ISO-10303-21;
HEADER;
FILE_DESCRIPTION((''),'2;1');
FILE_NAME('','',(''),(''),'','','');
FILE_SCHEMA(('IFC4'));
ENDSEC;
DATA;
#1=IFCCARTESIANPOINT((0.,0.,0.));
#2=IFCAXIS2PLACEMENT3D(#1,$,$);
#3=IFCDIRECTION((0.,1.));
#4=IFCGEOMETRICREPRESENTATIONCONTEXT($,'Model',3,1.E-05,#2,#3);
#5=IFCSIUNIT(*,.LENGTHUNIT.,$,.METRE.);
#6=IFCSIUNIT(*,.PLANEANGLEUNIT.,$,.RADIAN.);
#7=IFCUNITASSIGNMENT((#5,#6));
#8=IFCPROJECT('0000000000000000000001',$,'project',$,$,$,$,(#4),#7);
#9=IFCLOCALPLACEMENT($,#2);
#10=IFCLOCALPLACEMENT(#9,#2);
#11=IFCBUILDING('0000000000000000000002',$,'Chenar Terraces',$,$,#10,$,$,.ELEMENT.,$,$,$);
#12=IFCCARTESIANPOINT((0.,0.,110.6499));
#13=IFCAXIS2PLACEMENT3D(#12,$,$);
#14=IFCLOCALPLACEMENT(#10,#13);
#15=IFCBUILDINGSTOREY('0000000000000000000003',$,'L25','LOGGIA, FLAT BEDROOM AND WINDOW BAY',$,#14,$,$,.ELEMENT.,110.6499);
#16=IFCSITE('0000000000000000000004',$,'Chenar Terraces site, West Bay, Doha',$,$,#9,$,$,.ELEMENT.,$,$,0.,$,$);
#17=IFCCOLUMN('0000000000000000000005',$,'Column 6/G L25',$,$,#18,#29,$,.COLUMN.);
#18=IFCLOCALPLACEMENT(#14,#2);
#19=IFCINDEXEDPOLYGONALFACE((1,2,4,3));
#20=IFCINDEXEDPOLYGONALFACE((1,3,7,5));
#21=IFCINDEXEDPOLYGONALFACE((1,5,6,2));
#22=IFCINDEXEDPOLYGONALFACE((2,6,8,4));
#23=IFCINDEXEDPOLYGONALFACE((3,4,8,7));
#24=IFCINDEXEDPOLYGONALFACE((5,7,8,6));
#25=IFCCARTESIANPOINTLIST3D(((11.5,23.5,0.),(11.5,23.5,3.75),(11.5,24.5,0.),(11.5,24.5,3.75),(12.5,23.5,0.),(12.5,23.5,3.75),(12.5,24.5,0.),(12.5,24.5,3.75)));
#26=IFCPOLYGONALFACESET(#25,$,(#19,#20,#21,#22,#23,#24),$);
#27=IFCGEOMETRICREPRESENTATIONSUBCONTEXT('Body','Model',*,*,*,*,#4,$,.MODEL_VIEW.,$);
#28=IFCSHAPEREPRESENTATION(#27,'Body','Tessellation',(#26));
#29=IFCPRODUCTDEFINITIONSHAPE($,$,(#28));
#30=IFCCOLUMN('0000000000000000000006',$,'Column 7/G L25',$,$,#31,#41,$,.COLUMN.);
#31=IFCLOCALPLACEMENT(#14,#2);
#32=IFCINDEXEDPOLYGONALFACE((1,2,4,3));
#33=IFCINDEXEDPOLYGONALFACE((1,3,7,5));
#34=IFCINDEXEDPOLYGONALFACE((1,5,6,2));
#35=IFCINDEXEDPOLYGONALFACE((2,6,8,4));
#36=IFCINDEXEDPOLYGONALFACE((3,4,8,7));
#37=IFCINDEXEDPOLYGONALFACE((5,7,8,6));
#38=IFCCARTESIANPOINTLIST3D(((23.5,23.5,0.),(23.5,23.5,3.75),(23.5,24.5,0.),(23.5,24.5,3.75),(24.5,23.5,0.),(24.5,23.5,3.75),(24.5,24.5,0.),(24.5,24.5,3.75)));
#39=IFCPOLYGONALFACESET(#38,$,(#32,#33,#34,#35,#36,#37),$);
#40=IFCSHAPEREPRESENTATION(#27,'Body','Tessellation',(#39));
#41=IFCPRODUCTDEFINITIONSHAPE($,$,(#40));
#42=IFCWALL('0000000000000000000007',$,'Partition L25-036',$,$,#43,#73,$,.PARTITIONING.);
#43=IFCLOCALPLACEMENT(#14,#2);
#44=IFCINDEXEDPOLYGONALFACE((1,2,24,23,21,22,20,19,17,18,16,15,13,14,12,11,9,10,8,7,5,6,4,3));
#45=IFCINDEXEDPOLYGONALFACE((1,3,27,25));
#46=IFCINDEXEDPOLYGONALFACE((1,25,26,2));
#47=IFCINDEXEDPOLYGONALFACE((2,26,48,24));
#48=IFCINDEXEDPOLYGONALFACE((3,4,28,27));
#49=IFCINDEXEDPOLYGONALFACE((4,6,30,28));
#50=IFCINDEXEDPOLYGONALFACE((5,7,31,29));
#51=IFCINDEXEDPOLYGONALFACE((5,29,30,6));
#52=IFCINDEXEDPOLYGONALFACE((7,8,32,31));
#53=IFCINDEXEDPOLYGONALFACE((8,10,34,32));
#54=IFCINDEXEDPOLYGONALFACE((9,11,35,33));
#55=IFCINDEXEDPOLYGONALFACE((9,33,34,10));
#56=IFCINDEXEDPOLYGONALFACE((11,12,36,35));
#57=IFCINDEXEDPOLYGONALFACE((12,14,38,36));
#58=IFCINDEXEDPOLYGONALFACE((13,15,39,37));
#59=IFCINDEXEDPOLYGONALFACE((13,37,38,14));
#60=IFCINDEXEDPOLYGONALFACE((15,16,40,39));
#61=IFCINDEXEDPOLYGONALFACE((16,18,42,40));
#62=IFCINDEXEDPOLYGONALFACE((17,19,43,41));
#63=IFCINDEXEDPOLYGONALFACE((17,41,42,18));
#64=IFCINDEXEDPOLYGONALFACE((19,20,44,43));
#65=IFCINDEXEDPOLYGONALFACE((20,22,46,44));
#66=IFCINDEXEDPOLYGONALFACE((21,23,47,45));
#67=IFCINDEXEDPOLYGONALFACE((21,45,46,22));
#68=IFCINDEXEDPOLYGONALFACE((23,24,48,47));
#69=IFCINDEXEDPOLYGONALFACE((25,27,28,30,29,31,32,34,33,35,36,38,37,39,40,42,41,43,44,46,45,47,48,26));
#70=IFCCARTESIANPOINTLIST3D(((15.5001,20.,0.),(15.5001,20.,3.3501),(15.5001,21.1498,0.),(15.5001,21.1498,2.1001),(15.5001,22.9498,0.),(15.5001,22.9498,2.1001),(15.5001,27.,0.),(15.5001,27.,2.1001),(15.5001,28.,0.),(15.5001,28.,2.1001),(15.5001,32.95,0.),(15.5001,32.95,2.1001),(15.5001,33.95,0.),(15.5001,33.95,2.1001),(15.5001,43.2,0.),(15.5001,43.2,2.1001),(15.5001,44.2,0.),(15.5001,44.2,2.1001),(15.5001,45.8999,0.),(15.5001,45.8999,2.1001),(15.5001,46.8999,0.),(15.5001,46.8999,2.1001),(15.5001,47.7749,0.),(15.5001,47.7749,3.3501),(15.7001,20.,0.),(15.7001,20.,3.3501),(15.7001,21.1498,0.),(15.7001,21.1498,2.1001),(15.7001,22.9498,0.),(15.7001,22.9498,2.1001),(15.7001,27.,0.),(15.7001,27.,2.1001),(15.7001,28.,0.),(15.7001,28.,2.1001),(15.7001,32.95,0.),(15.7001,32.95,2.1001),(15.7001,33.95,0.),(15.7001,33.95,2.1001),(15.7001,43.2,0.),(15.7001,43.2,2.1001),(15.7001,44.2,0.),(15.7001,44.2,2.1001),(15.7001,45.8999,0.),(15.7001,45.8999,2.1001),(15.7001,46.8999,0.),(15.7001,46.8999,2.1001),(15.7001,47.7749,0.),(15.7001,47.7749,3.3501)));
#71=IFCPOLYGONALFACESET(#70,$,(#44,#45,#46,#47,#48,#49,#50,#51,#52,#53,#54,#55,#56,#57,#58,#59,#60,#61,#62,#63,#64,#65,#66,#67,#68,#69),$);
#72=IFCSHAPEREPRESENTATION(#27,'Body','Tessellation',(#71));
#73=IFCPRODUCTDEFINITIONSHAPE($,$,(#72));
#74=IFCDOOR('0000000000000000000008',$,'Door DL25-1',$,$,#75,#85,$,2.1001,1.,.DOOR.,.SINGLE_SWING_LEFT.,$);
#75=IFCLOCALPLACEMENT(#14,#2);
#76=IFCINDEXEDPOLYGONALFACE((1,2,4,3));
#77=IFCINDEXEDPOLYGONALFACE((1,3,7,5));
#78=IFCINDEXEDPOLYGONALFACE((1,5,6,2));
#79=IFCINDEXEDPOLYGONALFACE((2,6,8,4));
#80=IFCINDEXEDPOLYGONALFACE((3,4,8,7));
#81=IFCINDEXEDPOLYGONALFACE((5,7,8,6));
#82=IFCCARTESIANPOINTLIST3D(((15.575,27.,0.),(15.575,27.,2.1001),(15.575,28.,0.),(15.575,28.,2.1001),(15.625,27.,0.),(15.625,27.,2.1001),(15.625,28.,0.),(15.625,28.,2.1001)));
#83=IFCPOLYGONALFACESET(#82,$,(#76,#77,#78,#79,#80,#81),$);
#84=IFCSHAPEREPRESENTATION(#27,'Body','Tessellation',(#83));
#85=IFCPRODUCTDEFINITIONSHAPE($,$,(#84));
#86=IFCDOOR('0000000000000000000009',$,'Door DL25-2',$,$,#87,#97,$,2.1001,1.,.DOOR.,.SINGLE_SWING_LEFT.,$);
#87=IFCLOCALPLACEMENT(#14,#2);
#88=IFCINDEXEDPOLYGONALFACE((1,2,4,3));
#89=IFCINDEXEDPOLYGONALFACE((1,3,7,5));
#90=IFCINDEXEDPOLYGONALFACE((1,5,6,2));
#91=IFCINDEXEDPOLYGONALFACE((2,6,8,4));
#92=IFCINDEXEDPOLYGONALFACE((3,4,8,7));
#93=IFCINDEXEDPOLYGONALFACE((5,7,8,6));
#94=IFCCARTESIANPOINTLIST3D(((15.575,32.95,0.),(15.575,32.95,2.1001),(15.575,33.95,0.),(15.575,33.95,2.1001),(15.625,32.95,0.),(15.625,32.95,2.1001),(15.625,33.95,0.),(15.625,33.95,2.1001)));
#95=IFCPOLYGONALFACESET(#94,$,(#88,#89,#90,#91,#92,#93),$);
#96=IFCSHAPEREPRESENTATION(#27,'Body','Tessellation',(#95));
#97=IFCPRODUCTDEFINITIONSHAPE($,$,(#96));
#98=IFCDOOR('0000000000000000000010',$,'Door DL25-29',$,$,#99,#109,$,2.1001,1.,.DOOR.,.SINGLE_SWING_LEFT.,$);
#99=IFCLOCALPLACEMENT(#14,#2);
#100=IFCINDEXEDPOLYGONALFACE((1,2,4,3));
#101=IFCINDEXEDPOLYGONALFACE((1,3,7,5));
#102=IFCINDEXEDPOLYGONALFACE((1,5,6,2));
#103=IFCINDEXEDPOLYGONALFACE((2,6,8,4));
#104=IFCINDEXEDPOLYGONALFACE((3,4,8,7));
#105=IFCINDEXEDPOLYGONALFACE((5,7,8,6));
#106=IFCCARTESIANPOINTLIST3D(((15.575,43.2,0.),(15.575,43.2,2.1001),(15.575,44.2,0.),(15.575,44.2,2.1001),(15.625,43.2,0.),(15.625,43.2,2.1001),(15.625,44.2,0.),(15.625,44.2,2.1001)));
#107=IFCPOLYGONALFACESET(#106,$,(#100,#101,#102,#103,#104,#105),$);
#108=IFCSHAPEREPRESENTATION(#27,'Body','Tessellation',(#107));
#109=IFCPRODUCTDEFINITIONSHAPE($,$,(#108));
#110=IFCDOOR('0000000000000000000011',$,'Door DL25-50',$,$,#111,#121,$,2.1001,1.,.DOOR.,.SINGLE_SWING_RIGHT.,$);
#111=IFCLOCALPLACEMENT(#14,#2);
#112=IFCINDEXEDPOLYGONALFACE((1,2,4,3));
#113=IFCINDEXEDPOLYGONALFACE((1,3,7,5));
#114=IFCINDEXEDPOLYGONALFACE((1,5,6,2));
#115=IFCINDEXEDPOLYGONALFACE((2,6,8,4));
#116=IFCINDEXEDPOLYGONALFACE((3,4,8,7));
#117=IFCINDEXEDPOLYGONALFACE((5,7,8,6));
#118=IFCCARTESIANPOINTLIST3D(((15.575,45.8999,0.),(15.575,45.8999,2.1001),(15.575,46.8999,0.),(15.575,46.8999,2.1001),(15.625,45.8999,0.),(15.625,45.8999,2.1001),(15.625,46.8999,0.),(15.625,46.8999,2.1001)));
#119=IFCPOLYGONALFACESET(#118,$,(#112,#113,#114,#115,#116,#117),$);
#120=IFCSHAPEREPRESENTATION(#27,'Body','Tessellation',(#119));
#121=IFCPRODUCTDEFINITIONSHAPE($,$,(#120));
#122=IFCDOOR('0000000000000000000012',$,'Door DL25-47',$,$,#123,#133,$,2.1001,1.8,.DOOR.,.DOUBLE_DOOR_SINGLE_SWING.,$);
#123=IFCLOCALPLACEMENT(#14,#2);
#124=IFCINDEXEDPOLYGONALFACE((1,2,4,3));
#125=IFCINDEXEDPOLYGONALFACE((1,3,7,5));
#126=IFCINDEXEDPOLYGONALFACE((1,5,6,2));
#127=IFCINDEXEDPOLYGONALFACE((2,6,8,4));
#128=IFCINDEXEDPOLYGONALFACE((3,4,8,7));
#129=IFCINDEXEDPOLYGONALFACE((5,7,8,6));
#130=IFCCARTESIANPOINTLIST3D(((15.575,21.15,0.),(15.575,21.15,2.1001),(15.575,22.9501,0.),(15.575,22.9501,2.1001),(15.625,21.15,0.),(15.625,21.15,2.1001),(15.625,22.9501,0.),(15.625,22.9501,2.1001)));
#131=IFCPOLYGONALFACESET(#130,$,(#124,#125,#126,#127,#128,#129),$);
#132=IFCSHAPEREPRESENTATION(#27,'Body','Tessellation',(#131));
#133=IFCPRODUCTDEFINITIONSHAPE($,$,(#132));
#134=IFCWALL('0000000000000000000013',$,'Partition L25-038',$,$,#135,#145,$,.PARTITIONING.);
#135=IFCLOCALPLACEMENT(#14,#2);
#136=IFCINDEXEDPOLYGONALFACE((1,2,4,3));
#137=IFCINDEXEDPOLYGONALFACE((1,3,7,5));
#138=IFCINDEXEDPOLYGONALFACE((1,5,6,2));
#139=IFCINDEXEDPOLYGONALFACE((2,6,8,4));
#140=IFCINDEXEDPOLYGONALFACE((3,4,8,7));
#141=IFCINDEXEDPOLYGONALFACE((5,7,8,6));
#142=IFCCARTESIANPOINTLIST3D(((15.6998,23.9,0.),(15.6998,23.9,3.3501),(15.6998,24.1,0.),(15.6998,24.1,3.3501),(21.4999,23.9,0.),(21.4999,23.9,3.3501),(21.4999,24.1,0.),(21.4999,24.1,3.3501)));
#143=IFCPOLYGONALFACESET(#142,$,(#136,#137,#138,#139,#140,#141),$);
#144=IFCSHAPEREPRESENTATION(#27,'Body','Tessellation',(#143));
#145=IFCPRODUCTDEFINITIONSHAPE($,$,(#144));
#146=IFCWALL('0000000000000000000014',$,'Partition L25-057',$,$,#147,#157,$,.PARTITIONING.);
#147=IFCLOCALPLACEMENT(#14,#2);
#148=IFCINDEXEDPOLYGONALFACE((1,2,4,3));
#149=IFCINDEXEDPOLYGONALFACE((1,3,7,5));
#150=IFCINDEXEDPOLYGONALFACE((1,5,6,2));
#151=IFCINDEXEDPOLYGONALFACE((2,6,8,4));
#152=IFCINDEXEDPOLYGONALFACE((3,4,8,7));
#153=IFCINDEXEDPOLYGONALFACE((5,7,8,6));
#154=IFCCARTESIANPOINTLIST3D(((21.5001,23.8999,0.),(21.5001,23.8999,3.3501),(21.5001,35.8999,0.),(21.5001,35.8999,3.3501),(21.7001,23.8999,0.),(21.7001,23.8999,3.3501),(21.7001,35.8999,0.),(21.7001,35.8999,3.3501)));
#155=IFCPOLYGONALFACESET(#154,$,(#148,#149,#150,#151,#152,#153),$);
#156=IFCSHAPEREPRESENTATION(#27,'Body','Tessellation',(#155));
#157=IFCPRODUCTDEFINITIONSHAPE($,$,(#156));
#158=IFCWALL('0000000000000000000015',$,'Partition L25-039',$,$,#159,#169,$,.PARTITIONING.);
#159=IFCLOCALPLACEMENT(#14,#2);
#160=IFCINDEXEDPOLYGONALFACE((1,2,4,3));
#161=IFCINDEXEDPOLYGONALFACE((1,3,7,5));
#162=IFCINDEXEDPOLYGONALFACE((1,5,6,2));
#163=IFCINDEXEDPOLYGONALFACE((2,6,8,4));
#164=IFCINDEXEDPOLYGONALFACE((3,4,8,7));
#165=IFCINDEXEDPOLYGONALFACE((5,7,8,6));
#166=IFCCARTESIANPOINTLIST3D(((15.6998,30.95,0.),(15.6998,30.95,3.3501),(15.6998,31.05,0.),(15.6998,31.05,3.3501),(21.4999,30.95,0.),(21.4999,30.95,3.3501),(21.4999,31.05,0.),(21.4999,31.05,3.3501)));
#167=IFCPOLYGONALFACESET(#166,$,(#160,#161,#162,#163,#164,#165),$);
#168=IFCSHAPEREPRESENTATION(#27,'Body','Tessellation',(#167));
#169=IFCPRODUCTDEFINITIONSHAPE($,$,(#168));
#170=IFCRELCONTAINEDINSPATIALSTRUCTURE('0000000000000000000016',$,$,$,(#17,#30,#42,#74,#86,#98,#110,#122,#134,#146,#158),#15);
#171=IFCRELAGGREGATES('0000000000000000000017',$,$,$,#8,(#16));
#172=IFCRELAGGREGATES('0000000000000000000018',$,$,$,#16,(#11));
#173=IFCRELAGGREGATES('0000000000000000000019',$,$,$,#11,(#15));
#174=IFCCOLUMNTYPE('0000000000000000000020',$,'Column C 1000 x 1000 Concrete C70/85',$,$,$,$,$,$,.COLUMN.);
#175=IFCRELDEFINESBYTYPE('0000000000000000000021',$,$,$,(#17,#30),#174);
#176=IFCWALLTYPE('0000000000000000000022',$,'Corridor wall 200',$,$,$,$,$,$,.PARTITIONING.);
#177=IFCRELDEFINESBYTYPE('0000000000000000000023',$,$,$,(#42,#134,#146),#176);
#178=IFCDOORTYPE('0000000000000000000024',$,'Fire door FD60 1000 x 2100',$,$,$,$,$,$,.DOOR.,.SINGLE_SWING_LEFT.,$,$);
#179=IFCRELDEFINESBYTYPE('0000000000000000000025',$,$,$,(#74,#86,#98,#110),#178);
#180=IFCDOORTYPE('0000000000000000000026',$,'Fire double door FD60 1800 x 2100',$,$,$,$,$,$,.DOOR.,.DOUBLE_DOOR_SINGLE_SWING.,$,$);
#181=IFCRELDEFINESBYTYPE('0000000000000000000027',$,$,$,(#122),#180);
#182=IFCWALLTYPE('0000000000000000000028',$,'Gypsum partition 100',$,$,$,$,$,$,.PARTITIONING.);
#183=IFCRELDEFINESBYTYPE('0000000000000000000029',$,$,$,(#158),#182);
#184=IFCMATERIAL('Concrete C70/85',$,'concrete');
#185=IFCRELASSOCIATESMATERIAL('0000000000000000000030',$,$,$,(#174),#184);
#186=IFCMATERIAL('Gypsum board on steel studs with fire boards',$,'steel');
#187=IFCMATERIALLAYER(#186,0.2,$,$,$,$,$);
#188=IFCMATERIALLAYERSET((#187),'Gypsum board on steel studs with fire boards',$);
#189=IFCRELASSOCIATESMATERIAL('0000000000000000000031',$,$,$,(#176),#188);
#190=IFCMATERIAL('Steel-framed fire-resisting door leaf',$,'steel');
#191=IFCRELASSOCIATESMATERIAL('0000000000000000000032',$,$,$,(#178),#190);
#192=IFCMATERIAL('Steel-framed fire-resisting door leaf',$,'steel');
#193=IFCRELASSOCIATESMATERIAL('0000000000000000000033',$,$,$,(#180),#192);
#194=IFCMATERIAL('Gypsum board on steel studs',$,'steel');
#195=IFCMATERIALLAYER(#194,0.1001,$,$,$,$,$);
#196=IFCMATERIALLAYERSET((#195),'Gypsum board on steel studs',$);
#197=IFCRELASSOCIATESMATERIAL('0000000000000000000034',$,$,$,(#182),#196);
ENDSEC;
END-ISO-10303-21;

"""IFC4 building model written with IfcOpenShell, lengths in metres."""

from ifc_helpers import new_model, si_unit, direction, frame, frame_2d, origin, origin_2d, place, context, subcontext, project, spatial, rectangle, extrude, material, layer, layer_set, material_profile, profile_set, type_object, element, fill, save


model = new_model("IFC4")

# Units and contexts
model_context = context("Model", 3, precision=1e-05, world=origin(), true_north=direction((0.0, 1.0)))
body_context = subcontext(model_context, "Body", "Model", "MODEL_VIEW")
ifc_project = project(units=[si_unit("LENGTHUNIT", "METRE"), si_unit("PLANEANGLEUNIT", "RADIAN")], contexts=[model_context])

# Site, building, storey
site_placement = place(None, origin())
site = spatial("IfcSite", under=ifc_project, at=site_placement, Name="Chenar Terraces site, West Bay, Doha", CompositionType="ELEMENT", RefElevation=0.0)
building_placement = place(site_placement, origin())
building = spatial("IfcBuilding", under=site, at=building_placement, Name="Chenar Terraces", CompositionType="ELEMENT")
storey_placement = place(building_placement, frame((0.0, 0.0, 110.6499)))
storey = spatial("IfcBuildingStorey", under=building, at=storey_placement, Name="L25", Description="LOGGIA, FLAT BEDROOM AND WINDOW BAY", CompositionType="ELEMENT", Elevation=110.6499)

# Columns
ifc_material_1 = material(Name="Concrete C70/85", Category="concrete")
ifc_material_profile = material_profile(ifc_material_1, rectangle(XDim=1.0, YDim=1.0, at=origin_2d()), Name="C 1000 x 1000")
ifc_profile_set = profile_set([ifc_material_profile], Name="Concrete C70/85")
column_type = type_object("IfcColumnType", Name="Column C 1000 x 1000 Concrete C70/85", PredefinedType="COLUMN", material=ifc_profile_set)
for number, where, z_axis, x_axis, name in (
    (1, (12.0, 24.0, 0.0), (0.0, 0.0, 1.0), (1.0, 0.0, 0.0), "Column 6/G L25"),
    (2, (24.0, 24.0, 0.0), (0.0, 0.0, 1.0), (1.0, 0.0, 0.0), "Column 7/G L25"),
):
    element("IfcColumn", number, at=place(storey_placement, frame(where, z_axis=z_axis, x_axis=x_axis)), inside=storey, type_object=column_type, Name=name, PredefinedType="COLUMN", context=body_context, shape_type="SweptSolid", body=[
        extrude(rectangle(XDim=1.0, YDim=1.0, at=origin_2d()), origin(), (0.0, 0.0, 1.0), 3.75),
    ])

# Wall, openings, doors
ifc_material_2 = material(Name="Gypsum board on steel studs with fire boards", Category="steel")
ifc_layer_1 = layer(ifc_material_2, 0.2)
ifc_layer_set_1 = layer_set([ifc_layer_1], Name="Gypsum board on steel studs with fire boards")
wall_type_1 = type_object("IfcWallType", Name="Corridor wall 200", PredefinedType="PARTITIONING", material=ifc_layer_set_1)
wall_1_placement = place(storey_placement, frame((15.6001, 20.0, 0.0), z_axis=(0.0, 0.0, 1.0), x_axis=(0.0, 1.0, 0.0)))
wall_1 = element("IfcWall", 3, at=wall_1_placement, inside=storey, type_object=wall_type_1, Name="Partition L25-036", PredefinedType="PARTITIONING", context=body_context, shape_type="SweptSolid", body=[
    extrude(rectangle(XDim=27.7749, YDim=0.2, at=frame_2d((13.8875, 0.0))), origin(), (0.0, 0.0, 1.0), 3.3501),
])
opening_1_placement = place(wall_1_placement, frame((7.0, 0.0, 0.0)))
opening_1 = element("IfcOpeningElement", 4, at=opening_1_placement, cuts=wall_1, PredefinedType="OPENING", context=body_context, shape_type="SweptSolid", body=[
    extrude(rectangle(XDim=1.0, YDim=2.1001, at=frame_2d((0.5, 1.05))), frame((0.0, 0.1099, 0.0), z_axis=(0.0, -1.0, 0.0), x_axis=(1.0, 0.0, 0.0)), (0.0, 0.0, 1.0), 0.22),
])
opening_2_placement = place(wall_1_placement, frame((12.95, 0.0, 0.0)))
opening_2 = element("IfcOpeningElement", 5, at=opening_2_placement, cuts=wall_1, PredefinedType="OPENING", context=body_context, shape_type="SweptSolid", body=[
    extrude(rectangle(XDim=1.0, YDim=2.1001, at=frame_2d((0.5, 1.05))), frame((0.0, 0.1099, 0.0), z_axis=(0.0, -1.0, 0.0), x_axis=(1.0, 0.0, 0.0)), (0.0, 0.0, 1.0), 0.22),
])
opening_3_placement = place(wall_1_placement, frame((23.2, 0.0, 0.0)))
opening_3 = element("IfcOpeningElement", 6, at=opening_3_placement, cuts=wall_1, PredefinedType="OPENING", context=body_context, shape_type="SweptSolid", body=[
    extrude(rectangle(XDim=1.0, YDim=2.1001, at=frame_2d((0.5, 1.05))), frame((0.0, 0.1099, 0.0), z_axis=(0.0, -1.0, 0.0), x_axis=(1.0, 0.0, 0.0)), (0.0, 0.0, 1.0), 0.22),
])
opening_4_placement = place(wall_1_placement, frame((1.1499, 0.0, 0.0)))
opening_4 = element("IfcOpeningElement", 7, at=opening_4_placement, cuts=wall_1, PredefinedType="OPENING", context=body_context, shape_type="SweptSolid", body=[
    extrude(rectangle(XDim=1.8, YDim=2.1001, at=frame_2d((0.8999, 1.05))), frame((0.0, 0.1099, 0.0), z_axis=(0.0, -1.0, 0.0), x_axis=(1.0, 0.0, 0.0)), (0.0, 0.0, 1.0), 0.22),
])
opening_5_placement = place(wall_1_placement, frame((25.8999, 0.0, 0.0)))
opening_5 = element("IfcOpeningElement", 8, at=opening_5_placement, cuts=wall_1, PredefinedType="OPENING", context=body_context, shape_type="SweptSolid", body=[
    extrude(rectangle(XDim=1.0, YDim=2.1001, at=frame_2d((0.5, 1.05))), frame((0.0, 0.1099, 0.0), z_axis=(0.0, -1.0, 0.0), x_axis=(1.0, 0.0, 0.0)), (0.0, 0.0, 1.0), 0.22),
])
ifc_material_3 = material(Name="Steel-framed fire-resisting door leaf", Category="steel")
door_type_1 = type_object("IfcDoorType", Name="Fire door FD60 1000 x 2100", OperationType="SINGLE_SWING_LEFT", PredefinedType="DOOR", material=ifc_material_3)
door_1_placement = place(opening_1_placement, frame((1.0, 0.0, 0.0), z_axis=(0.0, 0.0, 1.0), x_axis=(-1.0, 0.0, 0.0)))
door_1 = element("IfcDoor", 9, at=door_1_placement, inside=storey, type_object=door_type_1, Name="Door DL25-1", OperationType="SINGLE_SWING_LEFT", OverallHeight=2.1001, OverallWidth=1.0, PredefinedType="DOOR", context=body_context, shape_type="SweptSolid", body=[
    extrude(rectangle(XDim=1.0, YDim=2.1001, at=frame_2d((0.5, 1.05))), frame((0.0, 0.0249, 0.0), z_axis=(0.0, -1.0, 0.0), x_axis=(1.0, 0.0, 0.0)), (0.0, 0.0, 1.0), 0.05),
])
fill(opening_1, door_1)
door_2_placement = place(opening_2_placement, frame((1.0, 0.0, 0.0), z_axis=(0.0, 0.0, 1.0), x_axis=(-1.0, 0.0, 0.0)))
door_2 = element("IfcDoor", 10, at=door_2_placement, inside=storey, type_object=door_type_1, Name="Door DL25-2", OperationType="SINGLE_SWING_LEFT", OverallHeight=2.1001, OverallWidth=1.0, PredefinedType="DOOR", context=body_context, shape_type="SweptSolid", body=[
    extrude(rectangle(XDim=1.0, YDim=2.1001, at=frame_2d((0.5, 1.05))), frame((0.0, 0.0249, 0.0), z_axis=(0.0, -1.0, 0.0), x_axis=(1.0, 0.0, 0.0)), (0.0, 0.0, 1.0), 0.05),
])
fill(opening_2, door_2)
door_3_placement = place(opening_3_placement, frame((1.0, 0.0, 0.0), z_axis=(0.0, 0.0, 1.0), x_axis=(-1.0, 0.0, 0.0)))
door_3 = element("IfcDoor", 11, at=door_3_placement, inside=storey, type_object=door_type_1, Name="Door DL25-29", OperationType="SINGLE_SWING_LEFT", OverallHeight=2.1001, OverallWidth=1.0, PredefinedType="DOOR", context=body_context, shape_type="SweptSolid", body=[
    extrude(rectangle(XDim=1.0, YDim=2.1001, at=frame_2d((0.5, 1.05))), frame((0.0, 0.0249, 0.0), z_axis=(0.0, -1.0, 0.0), x_axis=(1.0, 0.0, 0.0)), (0.0, 0.0, 1.0), 0.05),
])
fill(opening_3, door_3)
door_4_placement = place(opening_5_placement, frame((1.0, 0.0, 0.0), z_axis=(0.0, 0.0, 1.0), x_axis=(-1.0, 0.0, 0.0)))
door_4 = element("IfcDoor", 12, at=door_4_placement, inside=storey, type_object=door_type_1, Name="Door DL25-50", OperationType="SINGLE_SWING_RIGHT", OverallHeight=2.1001, OverallWidth=1.0, PredefinedType="DOOR", context=body_context, shape_type="SweptSolid", body=[
    extrude(rectangle(XDim=1.0, YDim=2.1001, at=frame_2d((0.5, 1.05))), frame((0.0, 0.0249, 0.0), z_axis=(0.0, -1.0, 0.0), x_axis=(1.0, 0.0, 0.0)), (0.0, 0.0, 1.0), 0.05),
])
fill(opening_5, door_4)
ifc_material_4 = material(Name="Steel-framed fire-resisting door leaf", Category="steel")
door_type_2 = type_object("IfcDoorType", Name="Fire double door FD60 1800 x 2100", OperationType="DOUBLE_DOOR_SINGLE_SWING", PredefinedType="DOOR", material=ifc_material_4)
door_5_placement = place(opening_4_placement, frame((1.8, 0.0, 0.0), z_axis=(0.0, 0.0, 1.0), x_axis=(-1.0, 0.0, 0.0)))
door_5 = element("IfcDoor", 13, at=door_5_placement, inside=storey, type_object=door_type_2, Name="Door DL25-47", OperationType="DOUBLE_DOOR_SINGLE_SWING", OverallHeight=2.1001, OverallWidth=1.8, PredefinedType="DOOR", context=body_context, shape_type="SweptSolid", body=[
    extrude(rectangle(XDim=1.8, YDim=2.1001, at=frame_2d((0.8999, 1.05))), frame((0.0, 0.0249, 0.0), z_axis=(0.0, -1.0, 0.0), x_axis=(1.0, 0.0, 0.0)), (0.0, 0.0, 1.0), 0.05),
])
fill(opening_4, door_5)

# Walls
wall_2_placement = place(storey_placement, frame((15.7, 24.0, 0.0), z_axis=(0.0, 0.0, 1.0), x_axis=(1.0, 0.0, 0.0)))
element("IfcWall", 14, at=wall_2_placement, inside=storey, type_object=wall_type_1, Name="Partition L25-038", PredefinedType="PARTITIONING", context=body_context, shape_type="SweptSolid", body=[
    extrude(rectangle(XDim=5.8, YDim=0.2, at=frame_2d((2.8999, 0.0))), origin(), (0.0, 0.0, 1.0), 3.3501),
])
wall_3_placement = place(storey_placement, frame((21.6001, 23.8999, 0.0), z_axis=(0.0, 0.0, 1.0), x_axis=(0.0, 1.0, 0.0)))
element("IfcWall", 15, at=wall_3_placement, inside=storey, type_object=wall_type_1, Name="Partition L25-057", PredefinedType="PARTITIONING", context=body_context, shape_type="SweptSolid", body=[
    extrude(rectangle(XDim=12.0, YDim=0.2, at=frame_2d((6.0, 0.0))), origin(), (0.0, 0.0, 1.0), 3.3501),
])
ifc_material_5 = material(Name="Gypsum board on steel studs", Category="steel")
ifc_layer_2 = layer(ifc_material_5, 0.1001)
ifc_layer_set_2 = layer_set([ifc_layer_2], Name="Gypsum board on steel studs")
wall_type_2 = type_object("IfcWallType", Name="Gypsum partition 100", PredefinedType="PARTITIONING", material=ifc_layer_set_2)
wall_4_placement = place(storey_placement, frame((15.7, 31.0, 0.0), z_axis=(0.0, 0.0, 1.0), x_axis=(1.0, 0.0, 0.0)))
element("IfcWall", 16, at=wall_4_placement, inside=storey, type_object=wall_type_2, Name="Partition L25-039", PredefinedType="PARTITIONING", context=body_context, shape_type="SweptSolid", body=[
    extrude(rectangle(XDim=5.8, YDim=0.1001, at=frame_2d((2.8999, 0.0))), origin(), (0.0, 0.0, 1.0), 3.3501),
])

save(model, "model.ifc")
